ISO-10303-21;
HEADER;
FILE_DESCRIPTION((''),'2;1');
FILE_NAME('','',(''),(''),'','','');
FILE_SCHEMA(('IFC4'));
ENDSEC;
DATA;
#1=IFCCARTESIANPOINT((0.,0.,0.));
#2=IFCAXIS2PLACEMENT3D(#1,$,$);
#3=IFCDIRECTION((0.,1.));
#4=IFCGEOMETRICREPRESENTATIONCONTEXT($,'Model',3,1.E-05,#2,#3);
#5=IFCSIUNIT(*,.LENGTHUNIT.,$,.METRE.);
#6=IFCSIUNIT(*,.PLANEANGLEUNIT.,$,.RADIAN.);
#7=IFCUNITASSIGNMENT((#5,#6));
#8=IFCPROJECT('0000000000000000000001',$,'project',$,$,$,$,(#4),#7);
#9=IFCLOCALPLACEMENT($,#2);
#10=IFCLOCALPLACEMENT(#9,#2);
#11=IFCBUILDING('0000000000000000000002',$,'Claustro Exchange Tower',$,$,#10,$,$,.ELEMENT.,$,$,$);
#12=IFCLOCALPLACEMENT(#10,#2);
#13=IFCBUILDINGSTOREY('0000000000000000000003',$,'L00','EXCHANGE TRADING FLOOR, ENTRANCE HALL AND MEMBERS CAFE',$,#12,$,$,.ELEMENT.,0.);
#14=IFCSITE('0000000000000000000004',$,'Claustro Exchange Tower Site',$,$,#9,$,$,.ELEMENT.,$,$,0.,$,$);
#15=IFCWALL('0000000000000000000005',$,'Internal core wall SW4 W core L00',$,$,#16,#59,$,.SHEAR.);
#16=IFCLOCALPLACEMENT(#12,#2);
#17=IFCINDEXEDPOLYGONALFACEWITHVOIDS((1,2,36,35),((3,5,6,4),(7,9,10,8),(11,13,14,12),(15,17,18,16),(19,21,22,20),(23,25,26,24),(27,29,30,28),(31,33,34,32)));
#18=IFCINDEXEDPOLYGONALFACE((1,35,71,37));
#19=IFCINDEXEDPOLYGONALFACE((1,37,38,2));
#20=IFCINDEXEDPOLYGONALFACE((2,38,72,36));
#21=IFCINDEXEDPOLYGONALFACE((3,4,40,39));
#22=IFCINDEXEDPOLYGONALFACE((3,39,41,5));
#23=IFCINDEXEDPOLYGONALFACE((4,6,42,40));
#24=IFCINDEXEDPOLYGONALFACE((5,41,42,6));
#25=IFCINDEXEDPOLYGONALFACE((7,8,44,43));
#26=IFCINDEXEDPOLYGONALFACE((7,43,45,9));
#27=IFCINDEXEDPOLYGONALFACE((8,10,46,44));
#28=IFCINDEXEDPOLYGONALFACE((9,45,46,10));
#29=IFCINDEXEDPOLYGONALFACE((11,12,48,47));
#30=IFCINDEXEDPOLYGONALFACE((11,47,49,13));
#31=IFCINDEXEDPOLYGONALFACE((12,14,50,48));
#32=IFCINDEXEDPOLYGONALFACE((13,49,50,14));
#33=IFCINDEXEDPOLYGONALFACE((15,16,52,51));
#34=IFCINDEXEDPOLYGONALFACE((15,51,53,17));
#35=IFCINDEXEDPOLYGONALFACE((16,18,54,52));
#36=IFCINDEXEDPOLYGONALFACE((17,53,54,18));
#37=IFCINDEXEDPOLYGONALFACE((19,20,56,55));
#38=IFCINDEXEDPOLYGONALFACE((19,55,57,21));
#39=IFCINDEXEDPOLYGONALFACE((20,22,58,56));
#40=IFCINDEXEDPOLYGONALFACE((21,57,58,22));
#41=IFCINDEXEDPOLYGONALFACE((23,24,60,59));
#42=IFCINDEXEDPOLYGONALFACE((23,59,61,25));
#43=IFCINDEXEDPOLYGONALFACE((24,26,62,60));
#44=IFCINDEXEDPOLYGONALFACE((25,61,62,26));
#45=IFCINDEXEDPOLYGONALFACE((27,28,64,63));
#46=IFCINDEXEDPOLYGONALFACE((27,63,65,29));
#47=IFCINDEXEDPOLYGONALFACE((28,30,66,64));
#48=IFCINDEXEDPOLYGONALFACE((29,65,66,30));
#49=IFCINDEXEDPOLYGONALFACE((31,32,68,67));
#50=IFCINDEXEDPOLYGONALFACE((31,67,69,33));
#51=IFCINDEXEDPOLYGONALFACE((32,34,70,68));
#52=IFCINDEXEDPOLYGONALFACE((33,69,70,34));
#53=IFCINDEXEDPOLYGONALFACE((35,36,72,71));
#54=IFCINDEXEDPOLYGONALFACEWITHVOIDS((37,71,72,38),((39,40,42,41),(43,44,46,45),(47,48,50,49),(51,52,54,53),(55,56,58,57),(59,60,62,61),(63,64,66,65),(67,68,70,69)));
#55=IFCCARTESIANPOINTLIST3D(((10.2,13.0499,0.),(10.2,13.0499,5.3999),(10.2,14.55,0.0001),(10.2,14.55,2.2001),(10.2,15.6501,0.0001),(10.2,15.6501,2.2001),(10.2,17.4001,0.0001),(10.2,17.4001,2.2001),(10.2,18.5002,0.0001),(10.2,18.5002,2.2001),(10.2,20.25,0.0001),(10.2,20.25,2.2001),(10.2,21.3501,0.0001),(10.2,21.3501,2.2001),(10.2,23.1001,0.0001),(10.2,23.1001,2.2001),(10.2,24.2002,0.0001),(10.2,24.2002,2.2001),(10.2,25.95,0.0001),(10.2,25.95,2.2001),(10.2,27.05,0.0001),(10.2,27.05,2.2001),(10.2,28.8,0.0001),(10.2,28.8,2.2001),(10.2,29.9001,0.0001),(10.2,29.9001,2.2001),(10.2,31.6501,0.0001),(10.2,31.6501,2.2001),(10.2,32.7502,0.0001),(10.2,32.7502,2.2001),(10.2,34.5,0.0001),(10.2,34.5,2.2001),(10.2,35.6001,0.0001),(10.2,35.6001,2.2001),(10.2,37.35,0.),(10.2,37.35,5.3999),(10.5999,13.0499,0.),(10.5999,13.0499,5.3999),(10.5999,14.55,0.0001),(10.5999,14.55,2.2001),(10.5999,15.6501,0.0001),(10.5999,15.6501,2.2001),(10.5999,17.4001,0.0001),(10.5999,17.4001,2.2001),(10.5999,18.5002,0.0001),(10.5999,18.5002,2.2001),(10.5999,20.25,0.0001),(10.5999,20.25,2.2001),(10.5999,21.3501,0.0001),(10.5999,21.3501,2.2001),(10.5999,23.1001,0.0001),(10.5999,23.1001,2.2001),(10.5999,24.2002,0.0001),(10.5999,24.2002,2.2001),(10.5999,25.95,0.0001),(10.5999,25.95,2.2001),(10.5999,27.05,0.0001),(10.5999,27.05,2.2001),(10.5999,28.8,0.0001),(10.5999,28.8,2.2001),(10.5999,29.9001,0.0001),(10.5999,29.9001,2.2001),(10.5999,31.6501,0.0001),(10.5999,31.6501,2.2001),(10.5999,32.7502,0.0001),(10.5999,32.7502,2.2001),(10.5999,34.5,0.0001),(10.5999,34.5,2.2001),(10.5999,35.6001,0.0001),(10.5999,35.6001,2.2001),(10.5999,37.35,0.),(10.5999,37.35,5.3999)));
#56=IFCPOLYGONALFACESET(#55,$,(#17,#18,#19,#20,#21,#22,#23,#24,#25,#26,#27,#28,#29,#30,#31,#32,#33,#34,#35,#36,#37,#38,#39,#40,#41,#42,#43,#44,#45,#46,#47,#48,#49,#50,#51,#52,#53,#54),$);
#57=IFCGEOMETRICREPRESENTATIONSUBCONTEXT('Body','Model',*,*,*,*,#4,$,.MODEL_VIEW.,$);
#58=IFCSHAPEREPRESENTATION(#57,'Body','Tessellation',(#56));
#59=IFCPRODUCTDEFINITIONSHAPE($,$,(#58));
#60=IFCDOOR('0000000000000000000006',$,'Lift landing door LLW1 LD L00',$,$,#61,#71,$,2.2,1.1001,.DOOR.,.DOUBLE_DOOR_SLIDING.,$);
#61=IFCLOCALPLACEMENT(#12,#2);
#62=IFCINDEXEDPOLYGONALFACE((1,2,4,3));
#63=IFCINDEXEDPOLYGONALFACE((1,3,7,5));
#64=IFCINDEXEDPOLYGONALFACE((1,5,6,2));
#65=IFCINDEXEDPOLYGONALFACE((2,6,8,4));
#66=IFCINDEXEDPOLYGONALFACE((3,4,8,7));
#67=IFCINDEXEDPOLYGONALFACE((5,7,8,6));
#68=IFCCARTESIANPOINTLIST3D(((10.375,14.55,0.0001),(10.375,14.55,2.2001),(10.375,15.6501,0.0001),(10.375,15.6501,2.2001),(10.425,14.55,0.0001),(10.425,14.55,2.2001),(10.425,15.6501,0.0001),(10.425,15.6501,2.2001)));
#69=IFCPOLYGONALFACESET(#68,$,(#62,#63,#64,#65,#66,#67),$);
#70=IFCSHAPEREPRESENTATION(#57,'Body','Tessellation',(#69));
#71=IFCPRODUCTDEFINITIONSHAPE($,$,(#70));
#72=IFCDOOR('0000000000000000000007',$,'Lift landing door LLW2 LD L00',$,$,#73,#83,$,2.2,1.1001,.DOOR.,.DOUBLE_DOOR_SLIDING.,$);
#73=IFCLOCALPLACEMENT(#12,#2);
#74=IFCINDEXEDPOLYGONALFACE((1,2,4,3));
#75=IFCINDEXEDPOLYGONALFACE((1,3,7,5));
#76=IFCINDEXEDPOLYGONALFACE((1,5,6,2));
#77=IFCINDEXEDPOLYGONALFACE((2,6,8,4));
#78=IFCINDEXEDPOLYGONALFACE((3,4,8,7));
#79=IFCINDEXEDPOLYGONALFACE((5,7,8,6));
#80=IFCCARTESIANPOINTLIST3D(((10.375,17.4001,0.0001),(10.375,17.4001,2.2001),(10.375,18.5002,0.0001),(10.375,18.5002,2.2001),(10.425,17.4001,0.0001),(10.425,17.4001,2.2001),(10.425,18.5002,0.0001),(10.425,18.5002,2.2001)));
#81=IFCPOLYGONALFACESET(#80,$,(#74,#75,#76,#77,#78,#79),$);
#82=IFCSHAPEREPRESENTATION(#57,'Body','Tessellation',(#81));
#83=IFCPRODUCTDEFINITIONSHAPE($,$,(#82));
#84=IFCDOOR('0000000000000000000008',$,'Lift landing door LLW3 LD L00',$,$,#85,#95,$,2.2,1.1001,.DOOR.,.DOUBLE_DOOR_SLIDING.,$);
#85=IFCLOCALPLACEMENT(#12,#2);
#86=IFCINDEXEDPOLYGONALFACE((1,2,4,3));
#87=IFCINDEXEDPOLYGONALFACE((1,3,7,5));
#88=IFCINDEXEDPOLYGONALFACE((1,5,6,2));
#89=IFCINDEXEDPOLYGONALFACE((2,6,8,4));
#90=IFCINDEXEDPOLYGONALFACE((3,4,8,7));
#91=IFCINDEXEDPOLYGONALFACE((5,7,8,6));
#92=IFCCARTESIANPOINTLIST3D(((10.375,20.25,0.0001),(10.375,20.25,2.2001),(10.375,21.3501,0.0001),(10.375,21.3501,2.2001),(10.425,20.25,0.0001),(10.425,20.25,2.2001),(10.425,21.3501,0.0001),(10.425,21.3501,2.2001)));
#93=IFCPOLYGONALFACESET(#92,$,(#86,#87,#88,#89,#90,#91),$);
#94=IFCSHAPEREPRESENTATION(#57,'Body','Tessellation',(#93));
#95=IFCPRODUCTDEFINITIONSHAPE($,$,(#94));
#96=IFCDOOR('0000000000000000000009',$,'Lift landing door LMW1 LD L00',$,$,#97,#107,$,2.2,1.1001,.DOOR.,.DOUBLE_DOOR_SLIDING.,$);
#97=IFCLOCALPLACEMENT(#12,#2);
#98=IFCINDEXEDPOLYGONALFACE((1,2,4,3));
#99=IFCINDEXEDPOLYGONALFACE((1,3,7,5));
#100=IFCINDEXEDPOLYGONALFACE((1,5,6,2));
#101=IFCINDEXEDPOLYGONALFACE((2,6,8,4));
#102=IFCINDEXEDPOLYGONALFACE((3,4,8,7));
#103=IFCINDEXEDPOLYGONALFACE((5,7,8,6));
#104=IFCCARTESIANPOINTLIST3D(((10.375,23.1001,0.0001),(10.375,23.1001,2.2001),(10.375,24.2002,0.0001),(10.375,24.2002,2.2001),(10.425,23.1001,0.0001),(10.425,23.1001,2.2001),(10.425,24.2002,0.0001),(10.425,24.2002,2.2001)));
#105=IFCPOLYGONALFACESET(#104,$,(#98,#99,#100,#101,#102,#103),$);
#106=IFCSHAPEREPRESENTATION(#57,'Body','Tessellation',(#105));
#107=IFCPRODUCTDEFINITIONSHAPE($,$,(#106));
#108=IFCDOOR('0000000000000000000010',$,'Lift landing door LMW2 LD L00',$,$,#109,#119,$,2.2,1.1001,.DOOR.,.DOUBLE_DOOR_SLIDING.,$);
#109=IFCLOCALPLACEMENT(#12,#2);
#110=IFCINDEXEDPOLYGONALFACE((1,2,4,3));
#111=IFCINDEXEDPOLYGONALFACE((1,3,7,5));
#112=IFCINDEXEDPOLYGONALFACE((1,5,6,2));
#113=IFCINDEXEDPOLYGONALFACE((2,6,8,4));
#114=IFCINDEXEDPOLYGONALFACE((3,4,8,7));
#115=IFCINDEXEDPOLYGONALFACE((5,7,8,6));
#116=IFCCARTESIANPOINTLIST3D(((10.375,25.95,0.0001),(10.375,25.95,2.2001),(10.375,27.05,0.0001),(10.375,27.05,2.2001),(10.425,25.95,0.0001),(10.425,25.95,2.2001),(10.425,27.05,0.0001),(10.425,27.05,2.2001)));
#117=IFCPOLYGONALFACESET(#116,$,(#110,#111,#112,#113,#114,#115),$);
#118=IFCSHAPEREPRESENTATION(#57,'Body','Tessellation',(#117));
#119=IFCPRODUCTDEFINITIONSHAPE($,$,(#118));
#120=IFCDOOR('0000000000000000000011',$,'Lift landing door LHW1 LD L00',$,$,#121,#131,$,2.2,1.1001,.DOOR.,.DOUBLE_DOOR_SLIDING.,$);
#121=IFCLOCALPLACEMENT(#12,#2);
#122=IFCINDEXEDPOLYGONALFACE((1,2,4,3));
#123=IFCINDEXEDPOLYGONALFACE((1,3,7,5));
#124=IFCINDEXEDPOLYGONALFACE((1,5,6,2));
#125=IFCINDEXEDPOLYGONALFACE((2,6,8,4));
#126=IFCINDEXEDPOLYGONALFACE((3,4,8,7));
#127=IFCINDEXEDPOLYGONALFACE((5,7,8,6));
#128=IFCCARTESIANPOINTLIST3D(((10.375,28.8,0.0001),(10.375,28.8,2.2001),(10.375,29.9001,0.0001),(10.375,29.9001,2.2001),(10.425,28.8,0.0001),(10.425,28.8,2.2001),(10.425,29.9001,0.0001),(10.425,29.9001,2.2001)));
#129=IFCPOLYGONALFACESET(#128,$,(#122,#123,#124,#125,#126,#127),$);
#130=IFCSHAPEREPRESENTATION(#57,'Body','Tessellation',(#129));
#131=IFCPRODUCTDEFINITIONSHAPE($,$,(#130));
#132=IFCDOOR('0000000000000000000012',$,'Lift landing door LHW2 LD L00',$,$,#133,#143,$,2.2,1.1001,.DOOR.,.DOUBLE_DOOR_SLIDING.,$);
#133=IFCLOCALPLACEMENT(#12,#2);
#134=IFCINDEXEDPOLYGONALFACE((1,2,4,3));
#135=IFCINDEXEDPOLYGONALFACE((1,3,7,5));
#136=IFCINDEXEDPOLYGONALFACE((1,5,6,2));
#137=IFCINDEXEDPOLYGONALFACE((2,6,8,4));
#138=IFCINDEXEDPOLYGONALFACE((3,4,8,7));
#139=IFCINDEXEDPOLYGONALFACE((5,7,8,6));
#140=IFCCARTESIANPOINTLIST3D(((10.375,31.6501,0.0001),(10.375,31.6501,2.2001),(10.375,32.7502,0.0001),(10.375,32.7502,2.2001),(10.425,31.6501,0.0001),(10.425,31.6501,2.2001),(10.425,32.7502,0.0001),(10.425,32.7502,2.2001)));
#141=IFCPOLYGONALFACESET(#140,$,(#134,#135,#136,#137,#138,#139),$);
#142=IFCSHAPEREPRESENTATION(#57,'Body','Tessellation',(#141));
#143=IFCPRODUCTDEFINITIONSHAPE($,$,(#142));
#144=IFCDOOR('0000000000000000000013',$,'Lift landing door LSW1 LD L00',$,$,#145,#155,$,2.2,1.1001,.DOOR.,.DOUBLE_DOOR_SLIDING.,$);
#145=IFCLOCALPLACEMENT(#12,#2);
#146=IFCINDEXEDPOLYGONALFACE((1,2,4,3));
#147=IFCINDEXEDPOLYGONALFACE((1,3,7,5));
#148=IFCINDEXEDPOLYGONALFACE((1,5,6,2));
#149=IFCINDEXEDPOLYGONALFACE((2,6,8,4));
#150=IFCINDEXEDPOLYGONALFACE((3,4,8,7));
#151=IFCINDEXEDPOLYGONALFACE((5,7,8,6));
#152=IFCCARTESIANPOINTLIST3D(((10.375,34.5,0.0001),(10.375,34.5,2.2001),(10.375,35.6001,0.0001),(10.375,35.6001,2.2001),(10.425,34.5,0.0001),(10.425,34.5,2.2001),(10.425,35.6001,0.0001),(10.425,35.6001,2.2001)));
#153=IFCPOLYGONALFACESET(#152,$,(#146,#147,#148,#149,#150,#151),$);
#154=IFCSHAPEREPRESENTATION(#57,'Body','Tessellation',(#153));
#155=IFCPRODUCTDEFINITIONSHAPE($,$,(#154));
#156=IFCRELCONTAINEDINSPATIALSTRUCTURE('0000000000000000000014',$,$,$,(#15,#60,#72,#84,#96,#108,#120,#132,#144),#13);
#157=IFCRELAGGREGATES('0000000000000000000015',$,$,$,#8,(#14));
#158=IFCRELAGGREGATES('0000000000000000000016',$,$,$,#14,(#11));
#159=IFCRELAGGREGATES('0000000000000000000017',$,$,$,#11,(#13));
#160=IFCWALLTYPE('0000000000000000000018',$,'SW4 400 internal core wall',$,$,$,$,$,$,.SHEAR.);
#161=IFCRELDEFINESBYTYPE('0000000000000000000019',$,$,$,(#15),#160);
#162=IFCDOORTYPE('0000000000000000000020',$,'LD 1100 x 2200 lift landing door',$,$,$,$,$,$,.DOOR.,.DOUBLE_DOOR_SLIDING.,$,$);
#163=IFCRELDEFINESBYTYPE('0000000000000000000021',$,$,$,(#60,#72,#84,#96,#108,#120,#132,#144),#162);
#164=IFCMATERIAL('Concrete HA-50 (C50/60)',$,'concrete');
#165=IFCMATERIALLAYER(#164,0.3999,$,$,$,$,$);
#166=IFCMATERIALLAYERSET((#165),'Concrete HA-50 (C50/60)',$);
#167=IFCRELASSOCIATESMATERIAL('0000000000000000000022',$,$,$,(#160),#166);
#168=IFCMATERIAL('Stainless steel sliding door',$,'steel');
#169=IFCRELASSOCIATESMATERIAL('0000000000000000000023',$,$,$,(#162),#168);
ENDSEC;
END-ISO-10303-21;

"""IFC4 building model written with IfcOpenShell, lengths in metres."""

from ifc_helpers import new_model, si_unit, direction, frame, frame_2d, origin, place, context, subcontext, project, spatial, rectangle, extrude, material, layer, layer_set, type_object, element, fill, save


model = new_model("IFC4")

# Units and contexts
model_context = context("Model", 3, precision=1e-05, world=origin(), true_north=direction((0.0, 1.0)))
body_context = subcontext(model_context, "Body", "Model", "MODEL_VIEW")
ifc_project = project(units=[si_unit("LENGTHUNIT", "METRE"), si_unit("PLANEANGLEUNIT", "RADIAN")], contexts=[model_context])

# Site, building, storey
site_placement = place(None, origin())
site = spatial("IfcSite", under=ifc_project, at=site_placement, Name="Claustro Exchange Tower Site", CompositionType="ELEMENT", RefElevation=0.0)
building_placement = place(site_placement, origin())
building = spatial("IfcBuilding", under=site, at=building_placement, Name="Claustro Exchange Tower", CompositionType="ELEMENT")
storey_placement = place(building_placement, origin())
storey = spatial("IfcBuildingStorey", under=building, at=storey_placement, Name="L00", Description="EXCHANGE TRADING FLOOR, ENTRANCE HALL AND MEMBERS CAFE", CompositionType="ELEMENT", Elevation=0.0)

# Wall, openings, doors
ifc_material_1 = material(Name="Concrete HA-50 (C50/60)", Category="concrete")
ifc_layer_1 = layer(ifc_material_1, 0.3999)
ifc_layer_set_1 = layer_set([ifc_layer_1], Name="Concrete HA-50 (C50/60)")
wall_type_1 = type_object("IfcWallType", Name="SW4 400 internal core wall", PredefinedType="SHEAR", material=ifc_layer_set_1)
ifc_material_2 = material(Name="Stainless steel sliding door", Category="steel")
door_type_1 = type_object("IfcDoorType", Name="LD 1100 x 2200 lift landing door", OperationType="DOUBLE_DOOR_SLIDING", PredefinedType="DOOR", material=ifc_material_2)
wall_1_placement = place(storey_placement, frame((10.3999, 13.05, 0.0), z_axis=(0.0, 0.0, 1.0), x_axis=(0.0, 1.0, 0.0)))
wall_1 = element("IfcWall", 1, at=wall_1_placement, inside=storey, type_object=wall_type_1, Name="Internal core wall SW4 W core L00", PredefinedType="SHEAR", context=body_context, shape_type="SweptSolid", body=[
    extrude(rectangle(XDim=24.3, YDim=0.3999, at=frame_2d((12.1499, 0.0))), origin(), (0.0, 0.0, 1.0), 5.3999),
])
opening_1_placement = place(wall_1_placement, frame((1.5, 0.0, 0.0)))
opening_1 = element("IfcOpeningElement", 2, at=opening_1_placement, cuts=wall_1, PredefinedType="OPENING", context=body_context, shape_type="SweptSolid", body=[
    extrude(rectangle(XDim=1.1001, YDim=2.2, at=frame_2d((0.55, 1.1001))), frame((0.0, 0.21, 0.0), z_axis=(0.0, -1.0, 0.0), x_axis=(1.0, 0.0, 0.0)), (0.0, 0.0, 1.0), 0.4199),
])
opening_2_placement = place(wall_1_placement, frame((4.3501, 0.0, 0.0)))
opening_2 = element("IfcOpeningElement", 3, at=opening_2_placement, cuts=wall_1, PredefinedType="OPENING", context=body_context, shape_type="SweptSolid", body=[
    extrude(rectangle(XDim=1.1001, YDim=2.2, at=frame_2d((0.55, 1.1001))), frame((0.0, 0.21, 0.0), z_axis=(0.0, -1.0, 0.0), x_axis=(1.0, 0.0, 0.0)), (0.0, 0.0, 1.0), 0.4199),
])
opening_3_placement = place(wall_1_placement, frame((7.2, 0.0, 0.0)))
opening_3 = element("IfcOpeningElement", 4, at=opening_3_placement, cuts=wall_1, PredefinedType="OPENING", context=body_context, shape_type="SweptSolid", body=[
    extrude(rectangle(XDim=1.1001, YDim=2.2, at=frame_2d((0.55, 1.1001))), frame((0.0, 0.21, 0.0), z_axis=(0.0, -1.0, 0.0), x_axis=(1.0, 0.0, 0.0)), (0.0, 0.0, 1.0), 0.4199),
])
opening_4_placement = place(wall_1_placement, frame((10.05, 0.0, 0.0)))
opening_4 = element("IfcOpeningElement", 5, at=opening_4_placement, cuts=wall_1, PredefinedType="OPENING", context=body_context, shape_type="SweptSolid", body=[
    extrude(rectangle(XDim=1.1001, YDim=2.2, at=frame_2d((0.55, 1.1001))), frame((0.0, 0.21, 0.0), z_axis=(0.0, -1.0, 0.0), x_axis=(1.0, 0.0, 0.0)), (0.0, 0.0, 1.0), 0.4199),
])
opening_5_placement = place(wall_1_placement, frame((12.8999, 0.0, 0.0)))
opening_5 = element("IfcOpeningElement", 6, at=opening_5_placement, cuts=wall_1, PredefinedType="OPENING", context=body_context, shape_type="SweptSolid", body=[
    extrude(rectangle(XDim=1.1001, YDim=2.2, at=frame_2d((0.55, 1.1001))), frame((0.0, 0.21, 0.0), z_axis=(0.0, -1.0, 0.0), x_axis=(1.0, 0.0, 0.0)), (0.0, 0.0, 1.0), 0.4199),
])
opening_6_placement = place(wall_1_placement, frame((15.75, 0.0, 0.0)))
opening_6 = element("IfcOpeningElement", 7, at=opening_6_placement, cuts=wall_1, PredefinedType="OPENING", context=body_context, shape_type="SweptSolid", body=[
    extrude(rectangle(XDim=1.1001, YDim=2.2, at=frame_2d((0.55, 1.1001))), frame((0.0, 0.21, 0.0), z_axis=(0.0, -1.0, 0.0), x_axis=(1.0, 0.0, 0.0)), (0.0, 0.0, 1.0), 0.4199),
])
opening_7_placement = place(wall_1_placement, frame((18.6001, 0.0, 0.0)))
opening_7 = element("IfcOpeningElement", 8, at=opening_7_placement, cuts=wall_1, PredefinedType="OPENING", context=body_context, shape_type="SweptSolid", body=[
    extrude(rectangle(XDim=1.1001, YDim=2.2, at=frame_2d((0.55, 1.1001))), frame((0.0, 0.21, 0.0), z_axis=(0.0, -1.0, 0.0), x_axis=(1.0, 0.0, 0.0)), (0.0, 0.0, 1.0), 0.4199),
])
opening_8_placement = place(wall_1_placement, frame((21.45, 0.0, 0.0)))
opening_8 = element("IfcOpeningElement", 9, at=opening_8_placement, cuts=wall_1, PredefinedType="OPENING", context=body_context, shape_type="SweptSolid", body=[
    extrude(rectangle(XDim=1.1001, YDim=2.2, at=frame_2d((0.55, 1.1001))), frame((0.0, 0.21, 0.0), z_axis=(0.0, -1.0, 0.0), x_axis=(1.0, 0.0, 0.0)), (0.0, 0.0, 1.0), 0.4199),
])
door_1_placement = place(opening_1_placement, origin())
door_1 = element("IfcDoor", 10, at=door_1_placement, inside=storey, type_object=door_type_1, Name="Lift landing door LLW1 LD L00", OperationType="DOUBLE_DOOR_SLIDING", OverallHeight=2.2, OverallWidth=1.1001, PredefinedType="DOOR", context=body_context, shape_type="SweptSolid", body=[
    extrude(rectangle(XDim=1.1001, YDim=2.2, at=frame_2d((0.55, 1.1001))), frame((0.0, 0.0249, 0.0), z_axis=(0.0, -1.0, 0.0), x_axis=(1.0, 0.0, 0.0)), (0.0, 0.0, 1.0), 0.05),
])
fill(opening_1, door_1)
door_2_placement = place(opening_2_placement, origin())
door_2 = element("IfcDoor", 11, at=door_2_placement, inside=storey, type_object=door_type_1, Name="Lift landing door LLW2 LD L00", OperationType="DOUBLE_DOOR_SLIDING", OverallHeight=2.2, OverallWidth=1.1001, PredefinedType="DOOR", context=body_context, shape_type="SweptSolid", body=[
    extrude(rectangle(XDim=1.1001, YDim=2.2, at=frame_2d((0.55, 1.1001))), frame((0.0, 0.0249, 0.0), z_axis=(0.0, -1.0, 0.0), x_axis=(1.0, 0.0, 0.0)), (0.0, 0.0, 1.0), 0.05),
])
fill(opening_2, door_2)
door_3_placement = place(opening_3_placement, origin())
door_3 = element("IfcDoor", 12, at=door_3_placement, inside=storey, type_object=door_type_1, Name="Lift landing door LLW3 LD L00", OperationType="DOUBLE_DOOR_SLIDING", OverallHeight=2.2, OverallWidth=1.1001, PredefinedType="DOOR", context=body_context, shape_type="SweptSolid", body=[
    extrude(rectangle(XDim=1.1001, YDim=2.2, at=frame_2d((0.55, 1.1001))), frame((0.0, 0.0249, 0.0), z_axis=(0.0, -1.0, 0.0), x_axis=(1.0, 0.0, 0.0)), (0.0, 0.0, 1.0), 0.05),
])
fill(opening_3, door_3)
door_4_placement = place(opening_4_placement, origin())
door_4 = element("IfcDoor", 13, at=door_4_placement, inside=storey, type_object=door_type_1, Name="Lift landing door LMW1 LD L00", OperationType="DOUBLE_DOOR_SLIDING", OverallHeight=2.2, OverallWidth=1.1001, PredefinedType="DOOR", context=body_context, shape_type="SweptSolid", body=[
    extrude(rectangle(XDim=1.1001, YDim=2.2, at=frame_2d((0.55, 1.1001))), frame((0.0, 0.0249, 0.0), z_axis=(0.0, -1.0, 0.0), x_axis=(1.0, 0.0, 0.0)), (0.0, 0.0, 1.0), 0.05),
])
fill(opening_4, door_4)
door_5_placement = place(opening_5_placement, origin())
door_5 = element("IfcDoor", 14, at=door_5_placement, inside=storey, type_object=door_type_1, Name="Lift landing door LMW2 LD L00", OperationType="DOUBLE_DOOR_SLIDING", OverallHeight=2.2, OverallWidth=1.1001, PredefinedType="DOOR", context=body_context, shape_type="SweptSolid", body=[
    extrude(rectangle(XDim=1.1001, YDim=2.2, at=frame_2d((0.55, 1.1001))), frame((0.0, 0.0249, 0.0), z_axis=(0.0, -1.0, 0.0), x_axis=(1.0, 0.0, 0.0)), (0.0, 0.0, 1.0), 0.05),
])
fill(opening_5, door_5)
door_6_placement = place(opening_6_placement, origin())
door_6 = element("IfcDoor", 15, at=door_6_placement, inside=storey, type_object=door_type_1, Name="Lift landing door LHW1 LD L00", OperationType="DOUBLE_DOOR_SLIDING", OverallHeight=2.2, OverallWidth=1.1001, PredefinedType="DOOR", context=body_context, shape_type="SweptSolid", body=[
    extrude(rectangle(XDim=1.1001, YDim=2.2, at=frame_2d((0.55, 1.1001))), frame((0.0, 0.0249, 0.0), z_axis=(0.0, -1.0, 0.0), x_axis=(1.0, 0.0, 0.0)), (0.0, 0.0, 1.0), 0.05),
])
fill(opening_6, door_6)
door_7_placement = place(opening_7_placement, origin())
door_7 = element("IfcDoor", 16, at=door_7_placement, inside=storey, type_object=door_type_1, Name="Lift landing door LHW2 LD L00", OperationType="DOUBLE_DOOR_SLIDING", OverallHeight=2.2, OverallWidth=1.1001, PredefinedType="DOOR", context=body_context, shape_type="SweptSolid", body=[
    extrude(rectangle(XDim=1.1001, YDim=2.2, at=frame_2d((0.55, 1.1001))), frame((0.0, 0.0249, 0.0), z_axis=(0.0, -1.0, 0.0), x_axis=(1.0, 0.0, 0.0)), (0.0, 0.0, 1.0), 0.05),
])
fill(opening_7, door_7)
door_8_placement = place(opening_8_placement, origin())
door_8 = element("IfcDoor", 17, at=door_8_placement, inside=storey, type_object=door_type_1, Name="Lift landing door LSW1 LD L00", OperationType="DOUBLE_DOOR_SLIDING", OverallHeight=2.2, OverallWidth=1.1001, PredefinedType="DOOR", context=body_context, shape_type="SweptSolid", body=[
    extrude(rectangle(XDim=1.1001, YDim=2.2, at=frame_2d((0.55, 1.1001))), frame((0.0, 0.0249, 0.0), z_axis=(0.0, -1.0, 0.0), x_axis=(1.0, 0.0, 0.0)), (0.0, 0.0, 1.0), 0.05),
])
fill(opening_8, door_8)

save(model, "model.ifc")
